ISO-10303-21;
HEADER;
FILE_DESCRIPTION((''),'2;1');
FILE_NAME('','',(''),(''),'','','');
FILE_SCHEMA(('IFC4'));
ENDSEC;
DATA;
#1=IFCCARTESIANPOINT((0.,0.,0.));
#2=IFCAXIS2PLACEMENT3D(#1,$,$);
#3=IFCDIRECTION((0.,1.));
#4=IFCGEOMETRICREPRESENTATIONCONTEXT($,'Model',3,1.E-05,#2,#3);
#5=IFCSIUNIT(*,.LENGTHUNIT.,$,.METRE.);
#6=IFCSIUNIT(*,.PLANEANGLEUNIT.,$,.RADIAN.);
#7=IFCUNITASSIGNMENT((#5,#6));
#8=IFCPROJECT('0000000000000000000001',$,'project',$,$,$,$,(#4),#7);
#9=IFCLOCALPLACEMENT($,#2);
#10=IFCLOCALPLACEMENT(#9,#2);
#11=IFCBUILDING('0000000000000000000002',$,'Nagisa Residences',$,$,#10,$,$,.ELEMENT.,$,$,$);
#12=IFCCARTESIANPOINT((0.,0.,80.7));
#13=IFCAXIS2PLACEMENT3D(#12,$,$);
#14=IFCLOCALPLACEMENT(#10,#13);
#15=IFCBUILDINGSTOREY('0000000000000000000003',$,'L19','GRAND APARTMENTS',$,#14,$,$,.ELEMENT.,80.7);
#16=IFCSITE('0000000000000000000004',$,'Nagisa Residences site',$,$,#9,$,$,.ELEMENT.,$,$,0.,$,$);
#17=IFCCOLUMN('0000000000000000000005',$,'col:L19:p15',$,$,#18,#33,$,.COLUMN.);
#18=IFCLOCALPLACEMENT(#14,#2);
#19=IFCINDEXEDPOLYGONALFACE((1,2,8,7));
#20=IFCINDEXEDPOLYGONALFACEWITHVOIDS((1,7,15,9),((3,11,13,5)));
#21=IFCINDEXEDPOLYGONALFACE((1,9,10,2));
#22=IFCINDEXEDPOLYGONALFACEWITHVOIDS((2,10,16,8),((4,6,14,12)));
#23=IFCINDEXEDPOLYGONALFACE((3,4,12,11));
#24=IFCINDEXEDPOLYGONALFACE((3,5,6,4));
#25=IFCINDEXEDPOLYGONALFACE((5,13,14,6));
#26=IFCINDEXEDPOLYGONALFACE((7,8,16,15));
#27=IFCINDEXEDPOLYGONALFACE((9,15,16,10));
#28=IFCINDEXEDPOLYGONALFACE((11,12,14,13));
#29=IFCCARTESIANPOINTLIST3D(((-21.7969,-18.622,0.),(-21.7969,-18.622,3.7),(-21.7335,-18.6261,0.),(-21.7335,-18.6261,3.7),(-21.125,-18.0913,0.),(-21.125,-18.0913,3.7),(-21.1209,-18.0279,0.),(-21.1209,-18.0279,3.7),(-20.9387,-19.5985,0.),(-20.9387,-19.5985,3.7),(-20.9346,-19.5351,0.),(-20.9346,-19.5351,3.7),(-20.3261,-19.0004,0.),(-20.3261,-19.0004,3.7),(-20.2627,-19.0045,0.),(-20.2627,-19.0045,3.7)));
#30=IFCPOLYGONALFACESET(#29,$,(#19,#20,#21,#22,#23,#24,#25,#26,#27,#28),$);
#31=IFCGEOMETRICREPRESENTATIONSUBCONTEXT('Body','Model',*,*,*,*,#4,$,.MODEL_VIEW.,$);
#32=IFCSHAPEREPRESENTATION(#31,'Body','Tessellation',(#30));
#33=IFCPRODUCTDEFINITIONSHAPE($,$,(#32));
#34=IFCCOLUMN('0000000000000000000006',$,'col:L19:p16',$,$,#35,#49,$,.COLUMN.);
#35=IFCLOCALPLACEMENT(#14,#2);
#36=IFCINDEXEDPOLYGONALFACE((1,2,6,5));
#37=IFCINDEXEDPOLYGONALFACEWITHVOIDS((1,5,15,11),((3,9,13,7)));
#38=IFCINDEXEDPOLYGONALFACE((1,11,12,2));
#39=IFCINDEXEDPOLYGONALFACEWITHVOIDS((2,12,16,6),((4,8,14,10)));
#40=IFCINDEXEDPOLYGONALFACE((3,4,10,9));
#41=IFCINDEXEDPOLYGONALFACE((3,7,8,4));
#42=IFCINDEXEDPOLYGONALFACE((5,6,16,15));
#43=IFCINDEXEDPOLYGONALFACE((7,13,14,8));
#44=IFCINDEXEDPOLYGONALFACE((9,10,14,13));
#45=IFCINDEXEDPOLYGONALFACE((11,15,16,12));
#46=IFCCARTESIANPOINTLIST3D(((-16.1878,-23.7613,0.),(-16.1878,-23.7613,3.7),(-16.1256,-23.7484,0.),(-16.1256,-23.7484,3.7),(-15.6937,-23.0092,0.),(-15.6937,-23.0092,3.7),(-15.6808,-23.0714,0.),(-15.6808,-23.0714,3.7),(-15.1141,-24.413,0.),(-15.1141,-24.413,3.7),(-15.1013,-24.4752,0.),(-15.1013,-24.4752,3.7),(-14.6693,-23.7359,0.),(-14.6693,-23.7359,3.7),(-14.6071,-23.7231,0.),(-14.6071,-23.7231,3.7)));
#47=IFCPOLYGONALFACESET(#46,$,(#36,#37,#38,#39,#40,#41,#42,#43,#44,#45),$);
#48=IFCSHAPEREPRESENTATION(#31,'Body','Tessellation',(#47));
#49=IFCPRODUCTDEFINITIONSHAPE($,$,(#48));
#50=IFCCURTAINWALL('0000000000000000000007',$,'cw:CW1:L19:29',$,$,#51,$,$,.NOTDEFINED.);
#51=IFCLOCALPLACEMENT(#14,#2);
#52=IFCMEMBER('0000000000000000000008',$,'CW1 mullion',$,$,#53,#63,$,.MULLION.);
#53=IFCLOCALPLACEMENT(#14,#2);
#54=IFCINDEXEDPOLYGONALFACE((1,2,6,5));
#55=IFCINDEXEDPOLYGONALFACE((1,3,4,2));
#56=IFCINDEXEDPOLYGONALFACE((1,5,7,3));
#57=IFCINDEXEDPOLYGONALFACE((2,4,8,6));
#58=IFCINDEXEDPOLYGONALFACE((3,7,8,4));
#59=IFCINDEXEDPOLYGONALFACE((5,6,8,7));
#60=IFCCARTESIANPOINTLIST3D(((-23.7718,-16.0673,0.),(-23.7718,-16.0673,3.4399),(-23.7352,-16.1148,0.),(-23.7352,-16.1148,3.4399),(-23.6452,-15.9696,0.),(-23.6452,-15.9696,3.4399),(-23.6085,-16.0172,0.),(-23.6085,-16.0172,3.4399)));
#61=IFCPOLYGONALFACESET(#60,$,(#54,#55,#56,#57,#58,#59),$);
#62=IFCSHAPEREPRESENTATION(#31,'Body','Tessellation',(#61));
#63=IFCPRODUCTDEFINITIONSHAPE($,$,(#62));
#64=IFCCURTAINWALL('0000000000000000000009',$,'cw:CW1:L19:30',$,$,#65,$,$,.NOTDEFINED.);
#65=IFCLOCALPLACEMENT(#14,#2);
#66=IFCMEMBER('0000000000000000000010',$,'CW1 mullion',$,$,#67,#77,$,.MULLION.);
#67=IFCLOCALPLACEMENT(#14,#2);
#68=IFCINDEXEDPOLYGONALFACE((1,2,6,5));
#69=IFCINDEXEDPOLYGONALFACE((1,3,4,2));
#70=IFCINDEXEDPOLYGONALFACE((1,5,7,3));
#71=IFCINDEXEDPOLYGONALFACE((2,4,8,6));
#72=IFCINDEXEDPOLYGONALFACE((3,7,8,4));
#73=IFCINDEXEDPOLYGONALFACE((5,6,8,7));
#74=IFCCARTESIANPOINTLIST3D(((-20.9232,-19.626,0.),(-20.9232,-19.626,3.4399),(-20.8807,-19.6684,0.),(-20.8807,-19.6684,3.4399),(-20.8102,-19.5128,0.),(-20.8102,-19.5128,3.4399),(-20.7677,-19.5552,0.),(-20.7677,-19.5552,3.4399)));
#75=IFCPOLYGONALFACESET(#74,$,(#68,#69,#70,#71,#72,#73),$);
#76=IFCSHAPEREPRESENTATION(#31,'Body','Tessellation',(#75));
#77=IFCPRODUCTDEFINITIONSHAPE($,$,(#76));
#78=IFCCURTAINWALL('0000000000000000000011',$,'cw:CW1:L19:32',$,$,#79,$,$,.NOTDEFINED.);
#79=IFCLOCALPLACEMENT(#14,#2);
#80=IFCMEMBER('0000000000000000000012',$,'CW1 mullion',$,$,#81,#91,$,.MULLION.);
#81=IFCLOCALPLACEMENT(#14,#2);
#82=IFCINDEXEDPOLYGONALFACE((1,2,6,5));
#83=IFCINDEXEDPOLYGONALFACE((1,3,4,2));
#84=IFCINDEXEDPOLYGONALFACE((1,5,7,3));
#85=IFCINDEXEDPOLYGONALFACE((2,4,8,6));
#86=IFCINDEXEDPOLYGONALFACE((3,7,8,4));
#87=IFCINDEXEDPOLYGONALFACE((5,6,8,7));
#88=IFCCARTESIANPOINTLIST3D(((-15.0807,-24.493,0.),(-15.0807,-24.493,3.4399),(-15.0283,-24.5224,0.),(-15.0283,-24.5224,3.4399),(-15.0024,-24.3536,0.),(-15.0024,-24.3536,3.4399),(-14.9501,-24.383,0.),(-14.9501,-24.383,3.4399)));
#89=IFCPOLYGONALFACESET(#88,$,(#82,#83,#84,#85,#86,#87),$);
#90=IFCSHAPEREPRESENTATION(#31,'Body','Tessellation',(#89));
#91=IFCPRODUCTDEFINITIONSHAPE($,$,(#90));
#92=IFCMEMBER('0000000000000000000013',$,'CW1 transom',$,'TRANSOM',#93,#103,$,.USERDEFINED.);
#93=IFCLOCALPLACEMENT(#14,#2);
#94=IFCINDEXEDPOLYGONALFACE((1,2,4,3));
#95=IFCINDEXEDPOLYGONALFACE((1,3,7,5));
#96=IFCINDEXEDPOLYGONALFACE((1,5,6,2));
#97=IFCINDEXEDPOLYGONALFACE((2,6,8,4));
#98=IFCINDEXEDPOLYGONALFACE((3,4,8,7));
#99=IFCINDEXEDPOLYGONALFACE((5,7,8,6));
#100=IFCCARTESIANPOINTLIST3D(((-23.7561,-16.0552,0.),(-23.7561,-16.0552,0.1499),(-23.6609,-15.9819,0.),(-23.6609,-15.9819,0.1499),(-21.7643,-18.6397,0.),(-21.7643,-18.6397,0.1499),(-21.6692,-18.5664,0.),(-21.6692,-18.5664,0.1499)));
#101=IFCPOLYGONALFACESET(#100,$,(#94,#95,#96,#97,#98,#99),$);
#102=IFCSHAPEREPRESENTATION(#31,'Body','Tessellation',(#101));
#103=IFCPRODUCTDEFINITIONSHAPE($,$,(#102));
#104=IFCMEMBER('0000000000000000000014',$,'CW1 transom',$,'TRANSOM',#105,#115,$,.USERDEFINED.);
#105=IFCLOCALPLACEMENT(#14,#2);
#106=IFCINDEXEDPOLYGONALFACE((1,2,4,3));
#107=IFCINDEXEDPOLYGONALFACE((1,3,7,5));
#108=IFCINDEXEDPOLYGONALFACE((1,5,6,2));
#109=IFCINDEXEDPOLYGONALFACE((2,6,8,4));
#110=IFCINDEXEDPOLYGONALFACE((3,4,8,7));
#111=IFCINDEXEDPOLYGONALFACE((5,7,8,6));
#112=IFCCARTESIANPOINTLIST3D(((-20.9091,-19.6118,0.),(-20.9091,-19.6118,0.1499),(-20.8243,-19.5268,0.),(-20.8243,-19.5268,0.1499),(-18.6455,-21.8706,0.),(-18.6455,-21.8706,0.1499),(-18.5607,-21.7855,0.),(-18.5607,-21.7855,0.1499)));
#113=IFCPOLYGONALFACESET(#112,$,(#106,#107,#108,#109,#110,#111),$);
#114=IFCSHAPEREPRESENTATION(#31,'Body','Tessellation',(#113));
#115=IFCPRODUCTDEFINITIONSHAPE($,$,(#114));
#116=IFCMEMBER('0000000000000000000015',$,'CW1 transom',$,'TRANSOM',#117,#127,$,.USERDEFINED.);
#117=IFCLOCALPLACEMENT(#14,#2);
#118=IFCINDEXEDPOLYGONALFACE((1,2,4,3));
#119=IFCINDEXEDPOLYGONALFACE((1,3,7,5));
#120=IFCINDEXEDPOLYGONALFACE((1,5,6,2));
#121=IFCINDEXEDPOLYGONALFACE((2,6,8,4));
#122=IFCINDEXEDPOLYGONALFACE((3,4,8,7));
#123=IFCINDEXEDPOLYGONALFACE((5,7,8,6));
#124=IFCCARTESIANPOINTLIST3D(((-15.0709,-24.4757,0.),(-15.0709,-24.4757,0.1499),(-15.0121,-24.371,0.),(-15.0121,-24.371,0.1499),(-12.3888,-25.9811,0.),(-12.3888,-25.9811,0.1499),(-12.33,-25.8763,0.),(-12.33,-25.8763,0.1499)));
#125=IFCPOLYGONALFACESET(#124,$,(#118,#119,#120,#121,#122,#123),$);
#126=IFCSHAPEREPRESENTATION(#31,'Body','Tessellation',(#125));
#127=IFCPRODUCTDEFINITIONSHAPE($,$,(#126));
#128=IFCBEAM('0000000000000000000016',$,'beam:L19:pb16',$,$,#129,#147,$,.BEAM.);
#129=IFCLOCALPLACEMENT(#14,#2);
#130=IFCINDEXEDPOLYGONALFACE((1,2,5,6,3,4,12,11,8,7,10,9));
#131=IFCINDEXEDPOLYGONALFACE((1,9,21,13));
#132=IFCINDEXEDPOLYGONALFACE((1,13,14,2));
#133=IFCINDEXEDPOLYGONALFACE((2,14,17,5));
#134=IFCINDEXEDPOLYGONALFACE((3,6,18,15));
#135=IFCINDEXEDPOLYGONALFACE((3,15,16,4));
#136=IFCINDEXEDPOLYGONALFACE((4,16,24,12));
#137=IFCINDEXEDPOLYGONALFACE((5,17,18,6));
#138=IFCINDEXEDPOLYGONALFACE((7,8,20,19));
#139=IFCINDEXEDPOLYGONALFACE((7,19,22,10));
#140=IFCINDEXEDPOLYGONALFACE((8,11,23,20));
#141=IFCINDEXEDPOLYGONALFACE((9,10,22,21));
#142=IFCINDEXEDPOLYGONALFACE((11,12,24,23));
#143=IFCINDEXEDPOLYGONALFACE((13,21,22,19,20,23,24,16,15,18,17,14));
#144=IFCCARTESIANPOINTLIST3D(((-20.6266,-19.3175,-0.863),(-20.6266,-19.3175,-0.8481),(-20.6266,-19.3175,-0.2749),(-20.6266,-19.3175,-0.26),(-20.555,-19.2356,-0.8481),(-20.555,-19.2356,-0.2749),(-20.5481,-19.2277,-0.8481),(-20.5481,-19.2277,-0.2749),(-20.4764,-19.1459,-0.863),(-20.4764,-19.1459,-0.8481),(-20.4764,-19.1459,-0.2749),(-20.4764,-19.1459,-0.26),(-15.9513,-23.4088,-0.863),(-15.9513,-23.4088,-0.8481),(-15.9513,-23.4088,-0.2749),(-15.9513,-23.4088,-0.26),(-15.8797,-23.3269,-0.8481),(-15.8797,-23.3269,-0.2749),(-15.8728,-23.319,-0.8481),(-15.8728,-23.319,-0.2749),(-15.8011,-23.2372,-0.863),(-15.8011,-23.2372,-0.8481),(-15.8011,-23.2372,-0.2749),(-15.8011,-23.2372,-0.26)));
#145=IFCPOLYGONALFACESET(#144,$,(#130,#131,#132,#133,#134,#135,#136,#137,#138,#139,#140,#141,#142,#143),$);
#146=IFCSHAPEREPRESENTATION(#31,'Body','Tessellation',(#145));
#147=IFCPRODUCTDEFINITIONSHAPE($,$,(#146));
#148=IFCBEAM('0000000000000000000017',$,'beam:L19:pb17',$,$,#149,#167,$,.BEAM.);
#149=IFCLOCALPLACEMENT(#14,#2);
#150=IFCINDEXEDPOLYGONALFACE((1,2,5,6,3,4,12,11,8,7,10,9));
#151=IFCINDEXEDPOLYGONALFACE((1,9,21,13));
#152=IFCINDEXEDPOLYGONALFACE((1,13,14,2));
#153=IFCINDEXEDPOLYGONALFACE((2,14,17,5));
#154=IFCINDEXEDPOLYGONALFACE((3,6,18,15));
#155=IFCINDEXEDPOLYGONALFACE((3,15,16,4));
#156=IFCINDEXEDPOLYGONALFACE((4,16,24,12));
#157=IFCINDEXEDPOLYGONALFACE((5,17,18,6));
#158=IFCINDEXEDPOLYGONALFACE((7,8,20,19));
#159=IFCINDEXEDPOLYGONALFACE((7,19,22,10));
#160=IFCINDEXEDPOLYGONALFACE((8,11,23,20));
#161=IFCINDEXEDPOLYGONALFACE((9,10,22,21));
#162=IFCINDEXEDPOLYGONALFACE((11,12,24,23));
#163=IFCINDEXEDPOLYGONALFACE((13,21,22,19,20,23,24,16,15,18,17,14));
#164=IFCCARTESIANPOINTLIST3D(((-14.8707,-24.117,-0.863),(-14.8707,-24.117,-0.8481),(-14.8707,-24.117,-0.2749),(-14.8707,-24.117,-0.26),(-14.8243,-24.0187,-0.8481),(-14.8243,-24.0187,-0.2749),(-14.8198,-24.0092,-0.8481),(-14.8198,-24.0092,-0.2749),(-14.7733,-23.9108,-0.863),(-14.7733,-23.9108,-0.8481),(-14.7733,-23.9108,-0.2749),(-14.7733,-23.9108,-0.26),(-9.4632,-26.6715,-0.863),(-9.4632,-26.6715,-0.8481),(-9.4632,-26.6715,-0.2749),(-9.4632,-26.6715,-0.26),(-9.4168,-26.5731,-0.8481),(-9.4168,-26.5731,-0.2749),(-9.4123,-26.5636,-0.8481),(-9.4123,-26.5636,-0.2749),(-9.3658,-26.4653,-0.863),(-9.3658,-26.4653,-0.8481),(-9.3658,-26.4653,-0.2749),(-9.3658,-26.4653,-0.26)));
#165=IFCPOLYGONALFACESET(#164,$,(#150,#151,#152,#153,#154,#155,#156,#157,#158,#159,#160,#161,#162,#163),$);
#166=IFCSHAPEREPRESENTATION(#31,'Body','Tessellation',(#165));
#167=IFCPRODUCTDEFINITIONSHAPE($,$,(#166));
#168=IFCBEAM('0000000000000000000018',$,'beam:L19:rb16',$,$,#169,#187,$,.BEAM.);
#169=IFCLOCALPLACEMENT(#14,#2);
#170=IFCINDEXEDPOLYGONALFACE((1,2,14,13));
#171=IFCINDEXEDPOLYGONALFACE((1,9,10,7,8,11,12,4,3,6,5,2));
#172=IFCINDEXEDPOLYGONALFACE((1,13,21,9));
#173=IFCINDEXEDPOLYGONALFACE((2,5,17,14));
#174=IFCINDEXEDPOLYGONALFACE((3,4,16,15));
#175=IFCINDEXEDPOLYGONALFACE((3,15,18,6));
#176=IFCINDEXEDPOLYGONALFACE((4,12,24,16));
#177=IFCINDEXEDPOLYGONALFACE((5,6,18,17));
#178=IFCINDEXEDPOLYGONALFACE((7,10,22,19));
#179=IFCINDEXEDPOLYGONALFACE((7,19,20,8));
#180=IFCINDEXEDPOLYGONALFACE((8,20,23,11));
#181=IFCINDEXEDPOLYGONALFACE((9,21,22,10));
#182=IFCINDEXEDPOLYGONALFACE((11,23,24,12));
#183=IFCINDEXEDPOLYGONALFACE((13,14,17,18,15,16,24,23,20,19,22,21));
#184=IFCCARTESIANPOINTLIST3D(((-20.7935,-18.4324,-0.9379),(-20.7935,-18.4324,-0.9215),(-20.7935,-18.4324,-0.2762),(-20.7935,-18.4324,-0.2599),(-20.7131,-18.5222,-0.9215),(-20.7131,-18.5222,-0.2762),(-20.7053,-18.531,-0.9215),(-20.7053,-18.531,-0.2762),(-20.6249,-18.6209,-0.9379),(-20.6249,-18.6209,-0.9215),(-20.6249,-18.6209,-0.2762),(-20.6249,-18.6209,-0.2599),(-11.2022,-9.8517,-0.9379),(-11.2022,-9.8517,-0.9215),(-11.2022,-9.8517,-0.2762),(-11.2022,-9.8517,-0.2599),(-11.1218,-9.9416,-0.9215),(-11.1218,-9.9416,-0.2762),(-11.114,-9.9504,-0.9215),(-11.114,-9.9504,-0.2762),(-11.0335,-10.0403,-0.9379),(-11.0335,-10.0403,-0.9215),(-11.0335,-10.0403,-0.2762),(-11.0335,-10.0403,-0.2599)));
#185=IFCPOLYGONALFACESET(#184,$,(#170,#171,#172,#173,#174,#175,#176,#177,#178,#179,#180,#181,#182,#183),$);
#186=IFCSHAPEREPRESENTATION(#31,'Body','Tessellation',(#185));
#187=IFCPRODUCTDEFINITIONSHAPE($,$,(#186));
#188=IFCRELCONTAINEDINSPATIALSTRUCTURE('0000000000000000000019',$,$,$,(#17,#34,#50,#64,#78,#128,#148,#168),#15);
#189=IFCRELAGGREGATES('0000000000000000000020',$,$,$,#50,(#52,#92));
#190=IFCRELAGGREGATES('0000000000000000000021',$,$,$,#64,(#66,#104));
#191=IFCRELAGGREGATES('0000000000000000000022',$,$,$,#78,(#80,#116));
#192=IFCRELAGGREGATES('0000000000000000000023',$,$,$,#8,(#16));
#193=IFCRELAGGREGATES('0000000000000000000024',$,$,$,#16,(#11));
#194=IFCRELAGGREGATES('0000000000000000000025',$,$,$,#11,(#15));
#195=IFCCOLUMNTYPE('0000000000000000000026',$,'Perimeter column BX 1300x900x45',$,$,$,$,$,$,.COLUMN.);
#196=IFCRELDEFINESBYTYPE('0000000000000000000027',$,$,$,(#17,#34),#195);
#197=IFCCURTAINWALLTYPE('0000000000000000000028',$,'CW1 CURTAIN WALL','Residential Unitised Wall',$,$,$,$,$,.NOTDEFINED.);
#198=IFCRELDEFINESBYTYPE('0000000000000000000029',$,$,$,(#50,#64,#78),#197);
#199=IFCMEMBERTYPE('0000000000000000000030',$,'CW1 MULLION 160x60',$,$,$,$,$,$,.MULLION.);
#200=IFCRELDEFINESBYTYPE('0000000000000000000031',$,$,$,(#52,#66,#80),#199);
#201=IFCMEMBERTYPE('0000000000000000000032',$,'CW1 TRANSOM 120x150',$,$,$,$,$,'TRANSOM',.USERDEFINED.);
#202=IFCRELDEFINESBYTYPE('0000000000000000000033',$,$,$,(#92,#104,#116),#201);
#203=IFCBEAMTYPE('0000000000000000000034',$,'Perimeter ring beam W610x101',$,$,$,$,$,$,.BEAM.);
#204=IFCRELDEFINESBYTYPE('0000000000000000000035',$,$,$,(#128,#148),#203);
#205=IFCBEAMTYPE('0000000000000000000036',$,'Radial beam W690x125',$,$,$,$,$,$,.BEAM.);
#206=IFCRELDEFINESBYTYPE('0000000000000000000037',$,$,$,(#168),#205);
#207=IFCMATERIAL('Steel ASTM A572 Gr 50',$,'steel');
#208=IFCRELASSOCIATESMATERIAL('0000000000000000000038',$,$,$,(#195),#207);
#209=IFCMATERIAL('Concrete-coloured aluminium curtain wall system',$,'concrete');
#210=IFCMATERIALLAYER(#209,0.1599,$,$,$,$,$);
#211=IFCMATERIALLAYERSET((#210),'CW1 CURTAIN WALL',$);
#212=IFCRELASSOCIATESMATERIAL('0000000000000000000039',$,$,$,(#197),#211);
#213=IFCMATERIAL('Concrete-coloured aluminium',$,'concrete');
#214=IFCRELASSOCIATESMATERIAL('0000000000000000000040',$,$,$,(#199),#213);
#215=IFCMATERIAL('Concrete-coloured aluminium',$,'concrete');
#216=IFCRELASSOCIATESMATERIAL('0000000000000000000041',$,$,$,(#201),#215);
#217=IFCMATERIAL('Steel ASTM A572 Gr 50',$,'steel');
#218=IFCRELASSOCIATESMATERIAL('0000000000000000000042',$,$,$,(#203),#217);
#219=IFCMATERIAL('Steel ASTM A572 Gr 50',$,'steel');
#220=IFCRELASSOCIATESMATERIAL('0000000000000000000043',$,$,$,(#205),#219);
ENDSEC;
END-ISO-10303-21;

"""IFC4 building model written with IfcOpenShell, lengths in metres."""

from ifc_helpers import new_model, si_unit, direction, frame, origin, origin_2d, place, context, subcontext, project, spatial, rectangle, hollow_rectangle, i_section, extrude, material, layer, layer_set, material_profile, profile_set, type_object, element, aggregate, save


model = new_model("IFC4")

# Units and contexts
model_context = context("Model", 3, precision=1e-05, world=origin(), true_north=direction((0.0, 1.0)))
body_context = subcontext(model_context, "Body", "Model", "MODEL_VIEW")
ifc_project = project(units=[si_unit("LENGTHUNIT", "METRE"), si_unit("PLANEANGLEUNIT", "RADIAN")], contexts=[model_context])

# Site, building, storey
site_placement = place(None, origin())
site = spatial("IfcSite", under=ifc_project, at=site_placement, Name="Nagisa Residences site", CompositionType="ELEMENT", RefElevation=0.0)
building_placement = place(site_placement, origin())
building = spatial("IfcBuilding", under=site, at=building_placement, Name="Nagisa Residences", CompositionType="ELEMENT")
storey_placement = place(building_placement, frame((0.0, 0.0, 80.7)))
storey = spatial("IfcBuildingStorey", under=building, at=storey_placement, Name="L19", Description="GRAND APARTMENTS", CompositionType="ELEMENT", Elevation=80.7)

# Columns
ifc_material_1 = material(Name="Steel ASTM A572 Gr 50", Category="steel")
ifc_material_profile_1 = material_profile(ifc_material_1, hollow_rectangle(XDim=1.3, YDim=0.8999, WallThickness=0.0449, at=origin_2d()), Name="BX 1300x900x45")
ifc_profile_set_1 = profile_set([ifc_material_profile_1], Name="Steel ASTM A572 Gr 50")
column_type = type_object("IfcColumnType", Name="Perimeter column BX 1300x900x45", PredefinedType="COLUMN", material=ifc_profile_set_1)
for number, where, z_axis, x_axis, name in (
    (1, (-21.0298, -18.8132, 0.0), (0.0, 0.0, 1.0), (0.660115, -0.751165, 0.0), "col:L19:p15"),
    (2, (-15.3975, -23.7422, 0.0), (0.0, 0.0, 1.0), (0.835766, -0.549086, 0.0), "col:L19:p16"),
):
    element("IfcColumn", number, at=place(storey_placement, frame(where, z_axis=z_axis, x_axis=x_axis)), inside=storey, type_object=column_type, Name=name, PredefinedType="COLUMN", context=body_context, shape_type="SweptSolid", body=[
        extrude(hollow_rectangle(XDim=1.3, YDim=0.8999, WallThickness=0.0449, at=origin_2d()), origin(), (0.0, 0.0, 1.0), 3.7),
    ])

# Curtain walls, members
ifc_material_2 = material(Name="Concrete-coloured aluminium curtain wall system", Category="concrete")
ifc_layer_1 = layer(ifc_material_2, 0.1599)
ifc_layer_set_1 = layer_set([ifc_layer_1], Name="CW1 CURTAIN WALL")
curtain_wall_type = type_object("IfcCurtainWallType", Name="CW1 CURTAIN WALL", Description="Residential Unitised Wall", PredefinedType="NOTDEFINED", material=ifc_layer_set_1)
curtain_wall_1_placement = place(storey_placement, origin())
curtain_wall_1 = element("IfcCurtainWall", 3, at=curtain_wall_1_placement, inside=storey, type_object=curtain_wall_type, Name="cw:CW1:L19:29", PredefinedType="NOTDEFINED")
ifc_material_3 = material(Name="Concrete-coloured aluminium", Category="concrete")
ifc_material_profile_2 = material_profile(ifc_material_3, rectangle(XDim=0.1599, YDim=0.0601, at=origin_2d()), Name="CW1 MULLION 160x60")
ifc_profile_set_2 = profile_set([ifc_material_profile_2], Name="Concrete-coloured aluminium")
member_type_1 = type_object("IfcMemberType", Name="CW1 MULLION 160x60", PredefinedType="MULLION", material=ifc_profile_set_2)
member_1_placement = place(storey_placement, frame((-23.6902, -16.0422, 0.0), z_axis=(0.0, 0.0, 1.0), x_axis=(0.79207, 0.61043, 0.0)))
member_1 = element("IfcMember", 4, at=member_1_placement, type_object=member_type_1, Name="CW1 mullion", PredefinedType="MULLION", context=body_context, shape_type="SweptSolid", body=[
    extrude(rectangle(XDim=0.1599, YDim=0.0601, at=origin_2d()), origin(), (0.0, 0.0, 1.0), 3.4399),
])
curtain_wall_2_placement = place(storey_placement, origin())
curtain_wall_2 = element("IfcCurtainWall", 5, at=curtain_wall_2_placement, inside=storey, type_object=curtain_wall_type, Name="cw:CW1:L19:30", PredefinedType="NOTDEFINED")
member_2_placement = place(storey_placement, frame((-20.8455, -19.5906, 0.0), z_axis=(0.0, 0.0, 1.0), x_axis=(0.706377, 0.707836, 0.0)))
member_2 = element("IfcMember", 6, at=member_2_placement, type_object=member_type_1, Name="CW1 mullion", PredefinedType="MULLION", context=body_context, shape_type="SweptSolid", body=[
    extrude(rectangle(XDim=0.1599, YDim=0.0601, at=origin_2d()), origin(), (0.0, 0.0, 1.0), 3.4399),
])
curtain_wall_3_placement = place(storey_placement, origin())
curtain_wall_3 = element("IfcCurtainWall", 7, at=curtain_wall_3_placement, inside=storey, type_object=curtain_wall_type, Name="cw:CW1:L19:32", PredefinedType="NOTDEFINED")
member_3_placement = place(storey_placement, frame((-15.0154, -24.438, 0.0), z_axis=(0.0, 0.0, 1.0), x_axis=(0.489377, 0.872072, 0.0)))
member_3 = element("IfcMember", 8, at=member_3_placement, type_object=member_type_1, Name="CW1 mullion", PredefinedType="MULLION", context=body_context, shape_type="SweptSolid", body=[
    extrude(rectangle(XDim=0.1599, YDim=0.0601, at=origin_2d()), origin(), (0.0, 0.0, 1.0), 3.4399),
])

# Members
ifc_material_4 = material(Name="Concrete-coloured aluminium", Category="concrete")
ifc_material_profile_3 = material_profile(ifc_material_4, rectangle(XDim=0.1201, YDim=0.1499, at=origin_2d()), Name="CW1 TRANSOM 120x150")
ifc_profile_set_3 = profile_set([ifc_material_profile_3], Name="Concrete-coloured aluminium")
member_type_2 = type_object("IfcMemberType", Name="CW1 TRANSOM 120x150", ElementType="TRANSOM", PredefinedType="USERDEFINED", material=ifc_profile_set_3)
member_4_placement = place(storey_placement, frame((-23.7085, -16.0186, 0.075), z_axis=(0.610412, -0.792084, 0.0), x_axis=(0.792084, 0.610412, 0.0)))
member_4 = element("IfcMember", 9, at=member_4_placement, type_object=member_type_2, Name="CW1 transom", ObjectType="TRANSOM", PredefinedType="USERDEFINED", context=body_context, shape_type="SweptSolid", body=[
    extrude(rectangle(XDim=0.1201, YDim=0.1499, at=origin_2d()), origin(), (0.0, 0.0, 1.0), 3.2629),
])
member_5_placement = place(storey_placement, frame((-20.8667, -19.5693, 0.075), z_axis=(0.70787, -0.706343, 0.0), x_axis=(0.706343, 0.70787, 0.0)))
member_5 = element("IfcMember", 10, at=member_5_placement, type_object=member_type_2, Name="CW1 transom", ObjectType="TRANSOM", PredefinedType="USERDEFINED", context=body_context, shape_type="SweptSolid", body=[
    extrude(rectangle(XDim=0.1201, YDim=0.1499, at=origin_2d()), origin(), (0.0, 0.0, 1.0), 3.1978),
])
member_6_placement = place(storey_placement, frame((-15.0415, -24.4233, 0.075), z_axis=(0.872037, -0.489439, 0.0), x_axis=(0.489439, 0.872037, 0.0)))
member_6 = element("IfcMember", 11, at=member_6_placement, type_object=member_type_2, Name="CW1 transom", ObjectType="TRANSOM", PredefinedType="USERDEFINED", context=body_context, shape_type="SweptSolid", body=[
    extrude(rectangle(XDim=0.1201, YDim=0.1499, at=origin_2d()), origin(), (0.0, 0.0, 1.0), 3.0757),
])

# Beams
ifc_material_5 = material(Name="Steel ASTM A572 Gr 50", Category="steel")
ifc_material_profile_4 = material_profile(ifc_material_5, i_section(OverallWidth=0.228, OverallDepth=0.603, WebThickness=0.0105, FlangeThickness=0.0149, at=origin_2d()), Name="W610x101")
ifc_profile_set_4 = profile_set([ifc_material_profile_4], Name="Steel ASTM A572 Gr 50")
beam_type_1 = type_object("IfcBeamType", Name="Perimeter ring beam W610x101", PredefinedType="BEAM", material=ifc_profile_set_4)
beam_1_placement = place(storey_placement, frame((-20.5515, -19.2317, -0.5615), z_axis=(0.752543, -0.658544, 0.0), x_axis=(0.658544, 0.752543, 0.0)))
element("IfcBeam", 12, at=beam_1_placement, inside=storey, type_object=beam_type_1, Name="beam:L19:pb16", PredefinedType="BEAM", context=body_context, shape_type="SweptSolid", body=[
    extrude(i_section(OverallWidth=0.228, OverallDepth=0.603, WebThickness=0.0105, FlangeThickness=0.0149, at=origin_2d()), origin(), (0.0, 0.0, 1.0), 6.2126),
])
beam_2_placement = place(storey_placement, frame((-14.822, -24.0139, -0.5615), z_axis=(0.90419, -0.427131, 0.0), x_axis=(0.427131, 0.90419, 0.0)))
element("IfcBeam", 13, at=beam_2_placement, inside=storey, type_object=beam_type_1, Name="beam:L19:pb17", PredefinedType="BEAM", context=body_context, shape_type="SweptSolid", body=[
    extrude(i_section(OverallWidth=0.228, OverallDepth=0.603, WebThickness=0.0105, FlangeThickness=0.0149, at=origin_2d()), origin(), (0.0, 0.0, 1.0), 5.9805),
])
ifc_material_6 = material(Name="Steel ASTM A572 Gr 50", Category="steel")
ifc_material_profile_5 = material_profile(ifc_material_6, i_section(OverallWidth=0.2529, OverallDepth=0.678, WebThickness=0.0117, FlangeThickness=0.0164, at=origin_2d()), Name="W690x125")
ifc_profile_set_5 = profile_set([ifc_material_profile_5], Name="Steel ASTM A572 Gr 50")
beam_type_2 = type_object("IfcBeamType", Name="Radial beam W690x125", PredefinedType="BEAM", material=ifc_profile_set_5)
beam_3_placement = place(storey_placement, frame((-20.7092, -18.5266, -0.5989), z_axis=(0.745285, 0.666746, 0.0), x_axis=(-0.666746, 0.745285, 0.0)))
element("IfcBeam", 14, at=beam_3_placement, inside=storey, type_object=beam_type_2, Name="beam:L19:rb16", PredefinedType="BEAM", context=body_context, shape_type="SweptSolid", body=[
    extrude(i_section(OverallWidth=0.2529, OverallDepth=0.678, WebThickness=0.0117, FlangeThickness=0.0164, at=origin_2d()), origin(), (0.0, 0.0, 1.0), 12.8694),
])

aggregate(curtain_wall_1, [member_1, member_4])
aggregate(curtain_wall_2, [member_2, member_5])
aggregate(curtain_wall_3, [member_3, member_6])

save(model, "model.ifc")
